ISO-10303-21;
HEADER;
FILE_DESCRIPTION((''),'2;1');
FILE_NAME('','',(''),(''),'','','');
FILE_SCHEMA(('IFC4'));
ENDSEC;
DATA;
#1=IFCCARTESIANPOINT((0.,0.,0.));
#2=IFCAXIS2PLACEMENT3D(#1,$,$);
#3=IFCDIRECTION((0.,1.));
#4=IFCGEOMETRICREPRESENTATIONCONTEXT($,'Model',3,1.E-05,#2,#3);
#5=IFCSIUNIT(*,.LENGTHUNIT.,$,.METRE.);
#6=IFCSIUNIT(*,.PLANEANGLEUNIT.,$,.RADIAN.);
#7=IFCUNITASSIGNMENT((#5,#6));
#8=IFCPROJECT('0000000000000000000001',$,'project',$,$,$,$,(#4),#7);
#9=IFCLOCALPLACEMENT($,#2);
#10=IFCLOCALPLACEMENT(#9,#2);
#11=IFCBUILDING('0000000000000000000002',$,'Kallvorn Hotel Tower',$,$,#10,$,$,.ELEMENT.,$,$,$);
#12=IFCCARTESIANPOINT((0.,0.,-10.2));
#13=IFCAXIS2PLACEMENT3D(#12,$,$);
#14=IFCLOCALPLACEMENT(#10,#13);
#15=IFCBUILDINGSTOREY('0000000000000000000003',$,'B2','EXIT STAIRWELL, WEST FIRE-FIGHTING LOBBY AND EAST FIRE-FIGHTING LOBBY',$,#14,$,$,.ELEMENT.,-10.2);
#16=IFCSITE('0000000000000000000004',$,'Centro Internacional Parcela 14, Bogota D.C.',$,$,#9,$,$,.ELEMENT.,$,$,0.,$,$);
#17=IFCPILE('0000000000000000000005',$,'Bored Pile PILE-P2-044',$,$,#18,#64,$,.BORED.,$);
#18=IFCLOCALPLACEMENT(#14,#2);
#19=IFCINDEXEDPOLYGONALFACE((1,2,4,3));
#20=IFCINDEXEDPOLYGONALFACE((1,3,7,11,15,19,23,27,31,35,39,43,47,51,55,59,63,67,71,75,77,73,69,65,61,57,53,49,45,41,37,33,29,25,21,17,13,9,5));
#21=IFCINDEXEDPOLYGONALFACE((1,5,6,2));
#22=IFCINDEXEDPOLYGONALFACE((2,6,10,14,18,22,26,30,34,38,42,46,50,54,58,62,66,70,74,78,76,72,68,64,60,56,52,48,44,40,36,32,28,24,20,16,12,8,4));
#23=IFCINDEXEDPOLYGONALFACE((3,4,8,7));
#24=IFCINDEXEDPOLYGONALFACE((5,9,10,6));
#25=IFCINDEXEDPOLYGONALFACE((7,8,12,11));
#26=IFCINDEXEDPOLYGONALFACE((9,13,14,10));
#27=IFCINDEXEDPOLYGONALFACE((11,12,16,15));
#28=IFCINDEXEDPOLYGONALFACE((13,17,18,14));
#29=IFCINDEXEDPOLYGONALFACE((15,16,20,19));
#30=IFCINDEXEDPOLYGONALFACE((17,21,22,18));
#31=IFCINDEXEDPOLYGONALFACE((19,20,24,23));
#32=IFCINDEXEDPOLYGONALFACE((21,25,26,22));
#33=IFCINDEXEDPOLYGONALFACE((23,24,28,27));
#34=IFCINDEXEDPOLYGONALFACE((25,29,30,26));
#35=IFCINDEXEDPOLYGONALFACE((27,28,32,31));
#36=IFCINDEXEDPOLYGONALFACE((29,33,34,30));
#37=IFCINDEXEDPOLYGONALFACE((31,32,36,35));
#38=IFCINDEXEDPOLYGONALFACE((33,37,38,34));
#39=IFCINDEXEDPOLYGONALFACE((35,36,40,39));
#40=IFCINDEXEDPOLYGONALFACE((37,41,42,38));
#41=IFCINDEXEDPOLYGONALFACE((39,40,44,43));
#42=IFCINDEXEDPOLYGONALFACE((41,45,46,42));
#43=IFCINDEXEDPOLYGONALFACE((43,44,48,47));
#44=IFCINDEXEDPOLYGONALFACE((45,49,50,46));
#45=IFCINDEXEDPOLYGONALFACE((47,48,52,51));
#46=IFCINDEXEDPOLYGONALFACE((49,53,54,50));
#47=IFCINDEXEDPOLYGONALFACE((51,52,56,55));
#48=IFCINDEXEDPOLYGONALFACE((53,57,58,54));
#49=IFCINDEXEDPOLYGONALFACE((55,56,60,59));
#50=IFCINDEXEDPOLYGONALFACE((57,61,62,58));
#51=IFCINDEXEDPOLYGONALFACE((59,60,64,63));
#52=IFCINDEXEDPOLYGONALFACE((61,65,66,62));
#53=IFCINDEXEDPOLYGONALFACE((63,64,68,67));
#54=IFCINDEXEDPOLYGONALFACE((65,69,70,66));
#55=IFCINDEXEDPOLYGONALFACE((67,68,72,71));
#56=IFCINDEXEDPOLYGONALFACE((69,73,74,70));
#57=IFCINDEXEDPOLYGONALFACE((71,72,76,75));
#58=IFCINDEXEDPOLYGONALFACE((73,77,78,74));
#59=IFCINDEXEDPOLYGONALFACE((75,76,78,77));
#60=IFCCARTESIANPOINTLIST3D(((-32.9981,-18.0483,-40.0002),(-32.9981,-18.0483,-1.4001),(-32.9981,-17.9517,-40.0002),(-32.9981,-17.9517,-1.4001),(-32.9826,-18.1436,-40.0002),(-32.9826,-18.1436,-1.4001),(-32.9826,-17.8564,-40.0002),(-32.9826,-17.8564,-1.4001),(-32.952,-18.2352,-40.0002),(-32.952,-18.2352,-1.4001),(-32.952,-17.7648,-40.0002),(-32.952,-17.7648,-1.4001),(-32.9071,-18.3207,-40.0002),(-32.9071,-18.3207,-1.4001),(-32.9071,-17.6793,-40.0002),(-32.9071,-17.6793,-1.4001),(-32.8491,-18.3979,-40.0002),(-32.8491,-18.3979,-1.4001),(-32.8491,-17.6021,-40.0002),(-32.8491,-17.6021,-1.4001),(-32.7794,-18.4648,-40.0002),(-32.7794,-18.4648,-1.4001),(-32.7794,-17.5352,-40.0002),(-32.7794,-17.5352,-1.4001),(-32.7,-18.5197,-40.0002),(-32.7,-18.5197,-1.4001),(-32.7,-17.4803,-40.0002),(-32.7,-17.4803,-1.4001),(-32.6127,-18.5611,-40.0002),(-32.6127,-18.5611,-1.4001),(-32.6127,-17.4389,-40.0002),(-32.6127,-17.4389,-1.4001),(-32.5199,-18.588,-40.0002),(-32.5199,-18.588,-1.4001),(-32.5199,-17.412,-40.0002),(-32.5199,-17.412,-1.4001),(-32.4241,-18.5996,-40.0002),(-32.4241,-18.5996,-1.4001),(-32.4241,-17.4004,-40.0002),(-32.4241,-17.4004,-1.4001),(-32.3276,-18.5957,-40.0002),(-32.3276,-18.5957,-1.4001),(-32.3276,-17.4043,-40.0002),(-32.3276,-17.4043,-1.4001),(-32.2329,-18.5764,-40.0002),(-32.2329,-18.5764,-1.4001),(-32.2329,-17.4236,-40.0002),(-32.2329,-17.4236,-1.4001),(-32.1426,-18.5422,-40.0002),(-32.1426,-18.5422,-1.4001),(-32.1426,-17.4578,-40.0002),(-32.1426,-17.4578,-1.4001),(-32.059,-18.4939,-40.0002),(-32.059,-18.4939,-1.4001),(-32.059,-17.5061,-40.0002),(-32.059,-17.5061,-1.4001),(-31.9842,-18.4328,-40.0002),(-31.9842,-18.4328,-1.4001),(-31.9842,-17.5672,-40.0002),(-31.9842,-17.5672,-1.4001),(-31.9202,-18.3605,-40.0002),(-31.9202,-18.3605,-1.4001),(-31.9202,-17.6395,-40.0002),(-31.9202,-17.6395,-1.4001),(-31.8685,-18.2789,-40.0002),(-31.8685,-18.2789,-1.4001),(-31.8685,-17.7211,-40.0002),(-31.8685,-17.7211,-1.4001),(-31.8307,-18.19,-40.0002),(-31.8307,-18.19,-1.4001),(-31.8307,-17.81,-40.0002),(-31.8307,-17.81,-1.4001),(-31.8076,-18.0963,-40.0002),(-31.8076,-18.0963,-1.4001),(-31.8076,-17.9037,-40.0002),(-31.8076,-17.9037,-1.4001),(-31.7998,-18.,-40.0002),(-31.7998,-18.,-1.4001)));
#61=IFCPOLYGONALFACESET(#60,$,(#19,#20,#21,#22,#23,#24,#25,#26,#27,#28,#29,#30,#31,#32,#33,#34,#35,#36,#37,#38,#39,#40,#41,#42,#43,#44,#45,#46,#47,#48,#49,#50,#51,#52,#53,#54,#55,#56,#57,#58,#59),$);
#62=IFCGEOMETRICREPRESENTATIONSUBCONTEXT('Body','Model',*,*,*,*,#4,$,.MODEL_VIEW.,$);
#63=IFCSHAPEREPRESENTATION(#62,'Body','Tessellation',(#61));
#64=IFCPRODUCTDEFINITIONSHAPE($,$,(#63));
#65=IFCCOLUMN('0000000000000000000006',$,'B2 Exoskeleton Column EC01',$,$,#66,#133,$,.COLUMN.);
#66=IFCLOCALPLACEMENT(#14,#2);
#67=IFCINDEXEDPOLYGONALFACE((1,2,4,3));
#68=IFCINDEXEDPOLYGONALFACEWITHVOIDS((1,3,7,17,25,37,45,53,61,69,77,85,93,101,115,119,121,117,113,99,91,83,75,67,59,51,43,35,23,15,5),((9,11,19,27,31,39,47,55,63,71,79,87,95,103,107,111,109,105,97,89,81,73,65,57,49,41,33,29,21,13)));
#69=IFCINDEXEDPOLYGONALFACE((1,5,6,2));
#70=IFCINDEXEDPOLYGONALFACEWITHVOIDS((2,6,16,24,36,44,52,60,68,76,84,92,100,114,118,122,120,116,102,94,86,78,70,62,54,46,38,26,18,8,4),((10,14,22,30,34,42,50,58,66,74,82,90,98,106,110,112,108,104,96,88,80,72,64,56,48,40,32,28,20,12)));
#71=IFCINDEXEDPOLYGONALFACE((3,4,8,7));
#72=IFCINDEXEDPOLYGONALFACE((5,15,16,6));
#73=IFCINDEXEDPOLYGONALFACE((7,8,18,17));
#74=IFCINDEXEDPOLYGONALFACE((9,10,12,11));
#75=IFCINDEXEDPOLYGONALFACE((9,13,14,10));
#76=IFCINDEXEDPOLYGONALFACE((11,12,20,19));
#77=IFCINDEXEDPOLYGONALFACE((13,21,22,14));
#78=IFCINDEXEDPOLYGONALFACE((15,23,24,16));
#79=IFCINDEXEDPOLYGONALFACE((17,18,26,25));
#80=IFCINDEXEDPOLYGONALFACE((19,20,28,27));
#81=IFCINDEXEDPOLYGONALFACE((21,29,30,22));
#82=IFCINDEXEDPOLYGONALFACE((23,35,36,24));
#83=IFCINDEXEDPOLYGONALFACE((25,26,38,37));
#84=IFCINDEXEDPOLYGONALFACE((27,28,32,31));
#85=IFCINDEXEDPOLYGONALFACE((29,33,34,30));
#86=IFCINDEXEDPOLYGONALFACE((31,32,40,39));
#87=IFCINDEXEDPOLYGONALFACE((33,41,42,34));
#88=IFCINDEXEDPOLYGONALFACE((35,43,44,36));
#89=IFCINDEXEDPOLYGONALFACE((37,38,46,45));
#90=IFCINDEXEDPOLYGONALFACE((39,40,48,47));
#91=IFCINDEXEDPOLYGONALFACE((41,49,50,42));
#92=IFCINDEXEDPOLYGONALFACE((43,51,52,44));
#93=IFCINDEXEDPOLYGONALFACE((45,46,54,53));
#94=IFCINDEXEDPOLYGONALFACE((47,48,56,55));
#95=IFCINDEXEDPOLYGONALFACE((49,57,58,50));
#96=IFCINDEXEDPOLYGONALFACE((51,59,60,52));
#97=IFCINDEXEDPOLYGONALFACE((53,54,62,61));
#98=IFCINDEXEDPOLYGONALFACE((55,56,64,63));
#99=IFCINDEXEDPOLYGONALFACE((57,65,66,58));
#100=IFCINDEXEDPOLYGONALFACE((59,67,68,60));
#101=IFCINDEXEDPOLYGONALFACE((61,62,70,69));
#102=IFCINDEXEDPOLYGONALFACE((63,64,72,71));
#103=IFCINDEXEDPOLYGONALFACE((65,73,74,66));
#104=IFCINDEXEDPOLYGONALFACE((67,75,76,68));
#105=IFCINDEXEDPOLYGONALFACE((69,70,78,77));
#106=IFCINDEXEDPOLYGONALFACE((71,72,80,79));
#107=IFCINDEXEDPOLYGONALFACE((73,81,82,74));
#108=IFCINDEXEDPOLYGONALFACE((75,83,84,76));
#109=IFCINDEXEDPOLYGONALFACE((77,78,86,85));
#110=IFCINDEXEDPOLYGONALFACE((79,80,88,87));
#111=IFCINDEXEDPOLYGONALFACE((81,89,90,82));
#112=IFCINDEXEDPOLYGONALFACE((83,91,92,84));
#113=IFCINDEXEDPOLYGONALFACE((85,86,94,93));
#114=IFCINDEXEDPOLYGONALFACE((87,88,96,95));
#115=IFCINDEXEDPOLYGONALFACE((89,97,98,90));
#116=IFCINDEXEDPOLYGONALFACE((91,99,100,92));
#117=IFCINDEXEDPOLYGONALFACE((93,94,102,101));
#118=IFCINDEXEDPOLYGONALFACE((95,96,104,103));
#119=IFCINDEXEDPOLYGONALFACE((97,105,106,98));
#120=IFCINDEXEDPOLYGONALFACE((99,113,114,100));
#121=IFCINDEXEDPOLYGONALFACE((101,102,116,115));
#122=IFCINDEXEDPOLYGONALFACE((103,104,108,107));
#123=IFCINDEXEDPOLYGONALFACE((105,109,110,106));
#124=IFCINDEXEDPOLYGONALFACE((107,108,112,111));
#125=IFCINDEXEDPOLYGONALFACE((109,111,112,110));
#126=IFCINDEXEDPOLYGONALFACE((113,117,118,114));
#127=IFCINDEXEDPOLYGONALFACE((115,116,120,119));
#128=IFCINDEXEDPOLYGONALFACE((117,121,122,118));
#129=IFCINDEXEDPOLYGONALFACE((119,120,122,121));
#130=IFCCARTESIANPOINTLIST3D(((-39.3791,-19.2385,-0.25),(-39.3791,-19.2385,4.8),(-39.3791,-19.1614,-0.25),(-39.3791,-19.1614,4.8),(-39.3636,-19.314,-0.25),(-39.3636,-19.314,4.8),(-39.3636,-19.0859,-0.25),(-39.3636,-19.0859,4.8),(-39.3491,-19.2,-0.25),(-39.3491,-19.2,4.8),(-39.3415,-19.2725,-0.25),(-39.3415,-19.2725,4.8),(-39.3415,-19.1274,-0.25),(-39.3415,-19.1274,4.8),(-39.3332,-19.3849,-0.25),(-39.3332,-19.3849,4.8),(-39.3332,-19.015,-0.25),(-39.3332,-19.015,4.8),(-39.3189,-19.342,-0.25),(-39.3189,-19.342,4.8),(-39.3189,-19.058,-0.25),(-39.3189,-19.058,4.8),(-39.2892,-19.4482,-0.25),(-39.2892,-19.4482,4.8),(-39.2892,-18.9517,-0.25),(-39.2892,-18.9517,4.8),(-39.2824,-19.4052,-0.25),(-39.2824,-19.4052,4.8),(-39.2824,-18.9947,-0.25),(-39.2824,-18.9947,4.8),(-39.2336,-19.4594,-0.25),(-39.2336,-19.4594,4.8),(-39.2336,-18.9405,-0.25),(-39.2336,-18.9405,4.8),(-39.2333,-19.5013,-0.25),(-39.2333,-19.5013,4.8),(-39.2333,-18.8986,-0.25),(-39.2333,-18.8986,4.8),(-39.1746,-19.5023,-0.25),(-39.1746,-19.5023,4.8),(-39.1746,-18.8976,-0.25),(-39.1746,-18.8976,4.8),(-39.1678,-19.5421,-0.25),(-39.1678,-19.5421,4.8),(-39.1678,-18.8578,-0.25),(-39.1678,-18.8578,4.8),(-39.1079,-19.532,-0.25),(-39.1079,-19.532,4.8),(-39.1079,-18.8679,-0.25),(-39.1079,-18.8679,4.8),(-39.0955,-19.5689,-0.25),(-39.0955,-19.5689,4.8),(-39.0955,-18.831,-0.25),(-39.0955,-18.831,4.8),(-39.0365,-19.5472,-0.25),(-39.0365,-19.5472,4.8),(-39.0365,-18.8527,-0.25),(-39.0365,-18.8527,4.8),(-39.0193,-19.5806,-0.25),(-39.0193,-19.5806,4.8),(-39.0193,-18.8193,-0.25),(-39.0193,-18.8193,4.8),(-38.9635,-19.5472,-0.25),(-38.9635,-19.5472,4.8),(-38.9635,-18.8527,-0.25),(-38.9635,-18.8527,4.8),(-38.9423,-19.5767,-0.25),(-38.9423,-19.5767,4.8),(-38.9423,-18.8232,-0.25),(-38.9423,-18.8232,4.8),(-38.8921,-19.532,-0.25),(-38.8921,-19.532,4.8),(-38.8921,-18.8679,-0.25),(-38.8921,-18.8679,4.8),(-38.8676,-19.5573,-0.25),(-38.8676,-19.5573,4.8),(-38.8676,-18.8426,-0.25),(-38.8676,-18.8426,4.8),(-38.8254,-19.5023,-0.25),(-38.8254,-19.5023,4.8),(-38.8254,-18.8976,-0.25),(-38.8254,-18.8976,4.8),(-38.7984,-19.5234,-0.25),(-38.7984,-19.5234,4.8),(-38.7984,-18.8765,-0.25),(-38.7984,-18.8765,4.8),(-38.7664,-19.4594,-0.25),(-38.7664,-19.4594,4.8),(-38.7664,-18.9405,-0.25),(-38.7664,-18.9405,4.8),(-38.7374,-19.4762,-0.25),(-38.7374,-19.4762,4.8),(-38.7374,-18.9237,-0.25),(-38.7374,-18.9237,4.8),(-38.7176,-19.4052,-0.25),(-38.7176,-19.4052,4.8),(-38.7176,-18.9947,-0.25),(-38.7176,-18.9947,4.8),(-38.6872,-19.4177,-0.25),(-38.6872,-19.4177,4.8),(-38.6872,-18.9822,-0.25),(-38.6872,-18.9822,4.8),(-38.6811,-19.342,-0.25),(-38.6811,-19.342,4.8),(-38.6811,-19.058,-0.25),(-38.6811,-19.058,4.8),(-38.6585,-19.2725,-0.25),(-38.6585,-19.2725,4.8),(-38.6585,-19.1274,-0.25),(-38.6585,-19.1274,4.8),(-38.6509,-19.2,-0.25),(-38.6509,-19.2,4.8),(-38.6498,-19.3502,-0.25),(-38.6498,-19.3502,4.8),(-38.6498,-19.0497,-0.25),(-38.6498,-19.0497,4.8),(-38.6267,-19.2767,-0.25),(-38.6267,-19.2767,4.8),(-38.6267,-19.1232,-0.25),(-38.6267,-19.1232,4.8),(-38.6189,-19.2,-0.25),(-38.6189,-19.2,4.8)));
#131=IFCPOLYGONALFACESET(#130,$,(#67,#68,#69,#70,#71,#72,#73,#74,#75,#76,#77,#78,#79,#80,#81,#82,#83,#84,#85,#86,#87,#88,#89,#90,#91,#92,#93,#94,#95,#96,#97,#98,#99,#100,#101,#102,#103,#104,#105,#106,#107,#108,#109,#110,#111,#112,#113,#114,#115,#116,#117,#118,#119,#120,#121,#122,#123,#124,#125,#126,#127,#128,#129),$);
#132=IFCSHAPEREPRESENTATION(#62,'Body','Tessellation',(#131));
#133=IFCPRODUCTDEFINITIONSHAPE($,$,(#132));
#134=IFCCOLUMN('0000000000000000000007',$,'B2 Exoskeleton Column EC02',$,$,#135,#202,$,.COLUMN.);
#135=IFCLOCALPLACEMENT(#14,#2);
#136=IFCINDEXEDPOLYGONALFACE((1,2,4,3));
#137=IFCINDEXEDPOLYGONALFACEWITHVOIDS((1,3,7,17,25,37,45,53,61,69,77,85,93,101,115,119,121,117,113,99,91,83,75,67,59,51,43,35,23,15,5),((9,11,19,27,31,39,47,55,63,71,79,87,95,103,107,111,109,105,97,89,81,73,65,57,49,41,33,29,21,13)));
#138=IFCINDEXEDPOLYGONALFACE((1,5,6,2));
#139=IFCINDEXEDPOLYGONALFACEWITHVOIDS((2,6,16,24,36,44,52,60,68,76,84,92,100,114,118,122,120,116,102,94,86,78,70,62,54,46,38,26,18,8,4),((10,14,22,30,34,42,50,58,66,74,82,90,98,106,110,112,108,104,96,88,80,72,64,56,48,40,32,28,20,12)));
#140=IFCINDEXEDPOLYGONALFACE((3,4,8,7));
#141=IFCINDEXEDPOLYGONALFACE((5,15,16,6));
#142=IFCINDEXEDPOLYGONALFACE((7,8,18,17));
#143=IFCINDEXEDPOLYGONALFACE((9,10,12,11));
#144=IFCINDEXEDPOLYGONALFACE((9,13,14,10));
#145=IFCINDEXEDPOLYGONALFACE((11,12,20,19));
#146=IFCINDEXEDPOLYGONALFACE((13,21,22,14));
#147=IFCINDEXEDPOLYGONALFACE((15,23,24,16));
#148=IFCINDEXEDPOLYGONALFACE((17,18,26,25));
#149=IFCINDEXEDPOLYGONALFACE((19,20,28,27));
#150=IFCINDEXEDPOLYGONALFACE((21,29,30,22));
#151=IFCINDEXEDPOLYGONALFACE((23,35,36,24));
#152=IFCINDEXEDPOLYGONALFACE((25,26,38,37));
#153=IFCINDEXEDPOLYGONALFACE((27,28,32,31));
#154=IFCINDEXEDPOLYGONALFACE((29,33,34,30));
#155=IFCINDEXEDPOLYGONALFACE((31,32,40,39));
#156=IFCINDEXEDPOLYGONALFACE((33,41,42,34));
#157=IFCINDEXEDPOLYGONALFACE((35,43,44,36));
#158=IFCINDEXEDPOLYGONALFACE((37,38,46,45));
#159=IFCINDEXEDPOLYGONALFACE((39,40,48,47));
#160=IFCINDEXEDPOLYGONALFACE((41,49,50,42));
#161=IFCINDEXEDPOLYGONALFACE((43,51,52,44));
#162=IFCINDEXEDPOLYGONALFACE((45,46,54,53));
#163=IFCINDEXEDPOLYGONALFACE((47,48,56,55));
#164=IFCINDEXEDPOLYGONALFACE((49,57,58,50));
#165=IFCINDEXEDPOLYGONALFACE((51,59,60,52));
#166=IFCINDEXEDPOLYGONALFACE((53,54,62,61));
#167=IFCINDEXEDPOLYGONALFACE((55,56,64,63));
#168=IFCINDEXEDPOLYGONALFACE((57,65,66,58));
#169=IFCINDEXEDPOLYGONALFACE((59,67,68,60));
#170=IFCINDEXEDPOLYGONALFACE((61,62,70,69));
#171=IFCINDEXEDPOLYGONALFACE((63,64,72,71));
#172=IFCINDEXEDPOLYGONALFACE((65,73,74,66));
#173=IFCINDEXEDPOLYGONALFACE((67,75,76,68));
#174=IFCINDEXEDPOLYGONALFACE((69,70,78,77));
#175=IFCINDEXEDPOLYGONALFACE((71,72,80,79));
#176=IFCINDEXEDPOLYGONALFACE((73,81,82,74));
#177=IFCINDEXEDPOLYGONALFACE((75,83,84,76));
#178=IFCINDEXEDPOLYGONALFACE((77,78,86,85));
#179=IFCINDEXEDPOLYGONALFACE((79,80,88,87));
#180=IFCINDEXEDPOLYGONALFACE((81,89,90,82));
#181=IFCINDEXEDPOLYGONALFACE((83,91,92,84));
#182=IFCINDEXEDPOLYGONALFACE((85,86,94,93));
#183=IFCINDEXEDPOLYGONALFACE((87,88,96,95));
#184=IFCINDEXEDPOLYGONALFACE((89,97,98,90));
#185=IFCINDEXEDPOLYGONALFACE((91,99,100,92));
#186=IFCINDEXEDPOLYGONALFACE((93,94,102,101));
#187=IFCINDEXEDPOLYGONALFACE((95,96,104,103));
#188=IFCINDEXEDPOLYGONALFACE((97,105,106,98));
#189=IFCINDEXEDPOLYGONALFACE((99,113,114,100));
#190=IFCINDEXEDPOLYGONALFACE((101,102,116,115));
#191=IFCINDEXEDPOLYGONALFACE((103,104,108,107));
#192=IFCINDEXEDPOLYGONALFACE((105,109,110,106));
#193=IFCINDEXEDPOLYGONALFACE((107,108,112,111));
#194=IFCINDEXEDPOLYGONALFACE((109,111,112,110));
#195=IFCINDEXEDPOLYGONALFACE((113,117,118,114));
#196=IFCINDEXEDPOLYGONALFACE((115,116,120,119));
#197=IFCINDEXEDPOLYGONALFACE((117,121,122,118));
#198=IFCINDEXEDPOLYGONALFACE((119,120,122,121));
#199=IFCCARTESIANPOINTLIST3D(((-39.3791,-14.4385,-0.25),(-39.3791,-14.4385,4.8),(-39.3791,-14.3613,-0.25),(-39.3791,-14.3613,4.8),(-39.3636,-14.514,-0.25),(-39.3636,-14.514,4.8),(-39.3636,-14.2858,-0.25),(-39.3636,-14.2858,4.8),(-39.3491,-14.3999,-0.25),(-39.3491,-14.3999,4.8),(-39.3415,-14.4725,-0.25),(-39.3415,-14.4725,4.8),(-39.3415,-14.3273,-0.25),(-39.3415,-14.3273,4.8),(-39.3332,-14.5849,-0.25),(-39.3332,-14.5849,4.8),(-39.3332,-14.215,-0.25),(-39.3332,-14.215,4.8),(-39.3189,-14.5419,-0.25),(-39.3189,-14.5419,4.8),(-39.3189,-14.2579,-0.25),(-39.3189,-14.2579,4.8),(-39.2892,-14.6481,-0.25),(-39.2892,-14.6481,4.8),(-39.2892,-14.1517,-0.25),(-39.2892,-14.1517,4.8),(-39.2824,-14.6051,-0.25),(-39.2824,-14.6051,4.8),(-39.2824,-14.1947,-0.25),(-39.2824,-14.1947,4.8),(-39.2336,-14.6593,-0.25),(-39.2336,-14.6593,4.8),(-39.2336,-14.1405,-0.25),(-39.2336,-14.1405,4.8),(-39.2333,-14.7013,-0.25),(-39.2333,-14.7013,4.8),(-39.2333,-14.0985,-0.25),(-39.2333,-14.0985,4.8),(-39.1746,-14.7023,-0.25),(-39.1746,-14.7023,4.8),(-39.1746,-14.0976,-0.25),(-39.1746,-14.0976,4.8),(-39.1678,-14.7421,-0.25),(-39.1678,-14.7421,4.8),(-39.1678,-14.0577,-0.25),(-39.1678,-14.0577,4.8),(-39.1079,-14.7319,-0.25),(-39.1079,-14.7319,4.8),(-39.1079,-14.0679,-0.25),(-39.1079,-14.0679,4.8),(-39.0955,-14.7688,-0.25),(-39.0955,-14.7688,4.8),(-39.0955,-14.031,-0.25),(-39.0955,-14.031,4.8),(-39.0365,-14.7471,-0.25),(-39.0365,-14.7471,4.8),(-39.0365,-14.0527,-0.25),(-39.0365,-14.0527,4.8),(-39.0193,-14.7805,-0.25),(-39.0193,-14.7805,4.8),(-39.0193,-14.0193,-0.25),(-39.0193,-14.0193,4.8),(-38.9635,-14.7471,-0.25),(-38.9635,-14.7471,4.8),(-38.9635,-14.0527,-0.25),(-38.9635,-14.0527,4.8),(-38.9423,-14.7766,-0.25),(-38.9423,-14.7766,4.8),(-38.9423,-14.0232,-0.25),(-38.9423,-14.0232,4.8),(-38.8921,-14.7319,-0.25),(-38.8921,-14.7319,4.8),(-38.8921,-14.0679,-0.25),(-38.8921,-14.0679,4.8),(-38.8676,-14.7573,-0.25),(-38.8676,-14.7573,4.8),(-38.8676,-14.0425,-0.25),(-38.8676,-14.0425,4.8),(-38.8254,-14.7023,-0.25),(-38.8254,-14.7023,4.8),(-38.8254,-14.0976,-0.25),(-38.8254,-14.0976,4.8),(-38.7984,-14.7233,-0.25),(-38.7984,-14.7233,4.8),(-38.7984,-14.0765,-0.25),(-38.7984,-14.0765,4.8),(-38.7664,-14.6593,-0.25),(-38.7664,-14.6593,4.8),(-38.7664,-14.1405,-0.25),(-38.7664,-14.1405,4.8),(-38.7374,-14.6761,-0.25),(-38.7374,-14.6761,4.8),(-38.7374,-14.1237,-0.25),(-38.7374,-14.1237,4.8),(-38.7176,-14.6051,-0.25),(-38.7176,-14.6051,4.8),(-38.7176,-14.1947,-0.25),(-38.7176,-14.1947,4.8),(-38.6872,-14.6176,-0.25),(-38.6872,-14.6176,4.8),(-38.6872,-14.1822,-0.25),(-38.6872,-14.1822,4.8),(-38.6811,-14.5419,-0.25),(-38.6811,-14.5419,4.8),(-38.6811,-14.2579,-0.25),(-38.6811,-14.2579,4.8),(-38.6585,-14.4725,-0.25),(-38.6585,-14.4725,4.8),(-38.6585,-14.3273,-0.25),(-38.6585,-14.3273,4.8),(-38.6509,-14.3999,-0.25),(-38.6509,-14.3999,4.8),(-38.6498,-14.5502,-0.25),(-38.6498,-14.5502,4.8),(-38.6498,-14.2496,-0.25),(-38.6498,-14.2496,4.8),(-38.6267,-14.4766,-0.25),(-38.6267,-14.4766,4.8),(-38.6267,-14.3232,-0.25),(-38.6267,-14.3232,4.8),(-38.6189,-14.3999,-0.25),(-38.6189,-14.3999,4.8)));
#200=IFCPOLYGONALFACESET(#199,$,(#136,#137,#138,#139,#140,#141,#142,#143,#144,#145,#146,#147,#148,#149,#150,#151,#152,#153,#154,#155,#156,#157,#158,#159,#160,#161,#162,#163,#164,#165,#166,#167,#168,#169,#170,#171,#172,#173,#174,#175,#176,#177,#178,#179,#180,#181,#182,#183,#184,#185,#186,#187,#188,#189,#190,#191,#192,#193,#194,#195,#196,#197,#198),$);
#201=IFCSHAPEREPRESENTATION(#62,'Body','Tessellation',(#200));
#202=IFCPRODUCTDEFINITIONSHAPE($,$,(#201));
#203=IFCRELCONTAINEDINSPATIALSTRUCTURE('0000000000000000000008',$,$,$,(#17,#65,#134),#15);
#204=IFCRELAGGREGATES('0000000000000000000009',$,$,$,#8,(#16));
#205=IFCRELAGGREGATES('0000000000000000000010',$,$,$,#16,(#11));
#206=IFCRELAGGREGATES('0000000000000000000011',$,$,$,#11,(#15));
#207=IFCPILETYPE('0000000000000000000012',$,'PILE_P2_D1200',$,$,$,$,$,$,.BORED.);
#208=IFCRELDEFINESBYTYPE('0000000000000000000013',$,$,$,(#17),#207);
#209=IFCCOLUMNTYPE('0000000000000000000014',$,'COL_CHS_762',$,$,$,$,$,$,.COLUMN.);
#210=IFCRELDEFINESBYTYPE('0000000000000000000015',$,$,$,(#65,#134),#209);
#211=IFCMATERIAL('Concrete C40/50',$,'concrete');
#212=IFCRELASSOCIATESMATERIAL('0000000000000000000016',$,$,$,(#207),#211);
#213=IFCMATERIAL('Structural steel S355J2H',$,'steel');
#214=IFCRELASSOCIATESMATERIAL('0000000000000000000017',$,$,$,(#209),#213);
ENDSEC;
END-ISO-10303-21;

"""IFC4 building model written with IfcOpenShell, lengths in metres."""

from ifc_helpers import new_model, si_unit, direction, frame, origin, origin_2d, place, context, subcontext, project, spatial, circle, hollow_circle, extrude, material, material_profile, profile_set, type_object, element, save


model = new_model("IFC4")

# Units and contexts
model_context = context("Model", 3, precision=1e-05, world=origin(), true_north=direction((0.0, 1.0)))
body_context = subcontext(model_context, "Body", "Model", "MODEL_VIEW")
ifc_project = project(units=[si_unit("LENGTHUNIT", "METRE"), si_unit("PLANEANGLEUNIT", "RADIAN")], contexts=[model_context])

# Site, building, storey
site_placement = place(None, origin())
site = spatial("IfcSite", under=ifc_project, at=site_placement, Name="Centro Internacional Parcela 14, Bogota D.C.", CompositionType="ELEMENT", RefElevation=0.0)
building_placement = place(site_placement, origin())
building = spatial("IfcBuilding", under=site, at=building_placement, Name="Kallvorn Hotel Tower", CompositionType="ELEMENT")
storey_placement = place(building_placement, frame((0.0, 0.0, -10.2)))
storey = spatial("IfcBuildingStorey", under=building, at=storey_placement, Name="B2", Description="EXIT STAIRWELL, WEST FIRE-FIGHTING LOBBY AND EAST FIRE-FIGHTING LOBBY", CompositionType="ELEMENT", Elevation=-10.2)

# Pile
ifc_material_1 = material(Name="Concrete C40/50", Category="concrete")
ifc_material_profile_1 = material_profile(ifc_material_1, circle(Radius=0.6001, at=origin_2d()), Name="PILE D1200")
ifc_profile_set_1 = profile_set([ifc_material_profile_1], Name="Concrete C40/50")
pile_type_1 = type_object("IfcPileType", Name="PILE_P2_D1200", PredefinedType="BORED", material=ifc_profile_set_1)
for number, where, z_axis, x_axis, name in (
    (1, (-32.3999, -18.0, -1.4001), (0.0, 0.0, -1.0), (1.0, 0.0, 0.0), "Bored Pile PILE-P2-044"),
):
    element("IfcPile", number, at=place(storey_placement, frame(where, z_axis=z_axis, x_axis=x_axis)), inside=storey, type_object=pile_type_1, Name=name, PredefinedType="BORED", context=body_context, shape_type="SweptSolid", body=[
        extrude(circle(Radius=0.6001, at=origin_2d()), origin(), (0.0, 0.0, 1.0), 38.6001),
    ])

# Columns
ifc_material_2 = material(Name="Structural steel S355J2H", Category="steel")
ifc_material_profile_2 = material_profile(ifc_material_2, hollow_circle(Radius=0.3811, WallThickness=0.032, at=origin_2d()), Name="CHS 762x32")
ifc_profile_set_2 = profile_set([ifc_material_profile_2], Name="Structural steel S355J2H")
column_type_1 = type_object("IfcColumnType", Name="COL_CHS_762", PredefinedType="COLUMN", material=ifc_profile_set_2)
for number, where, z_axis, x_axis, name in (
    (2, (-39.0, -19.2, -0.25), (0.0, 0.0, 1.0), (1.0, 0.0, 0.0), "B2 Exoskeleton Column EC01"),
    (3, (-39.0, -14.3999, -0.25), (0.0, 0.0, 1.0), (1.0, 0.0, 0.0), "B2 Exoskeleton Column EC02"),
):
    element("IfcColumn", number, at=place(storey_placement, frame(where, z_axis=z_axis, x_axis=x_axis)), inside=storey, type_object=column_type_1, Name=name, PredefinedType="COLUMN", context=body_context, shape_type="SweptSolid", body=[
        extrude(hollow_circle(Radius=0.3811, WallThickness=0.032, at=origin_2d()), origin(), (0.0, 0.0, 1.0), 5.05),
    ])

save(model, "model.ifc")
